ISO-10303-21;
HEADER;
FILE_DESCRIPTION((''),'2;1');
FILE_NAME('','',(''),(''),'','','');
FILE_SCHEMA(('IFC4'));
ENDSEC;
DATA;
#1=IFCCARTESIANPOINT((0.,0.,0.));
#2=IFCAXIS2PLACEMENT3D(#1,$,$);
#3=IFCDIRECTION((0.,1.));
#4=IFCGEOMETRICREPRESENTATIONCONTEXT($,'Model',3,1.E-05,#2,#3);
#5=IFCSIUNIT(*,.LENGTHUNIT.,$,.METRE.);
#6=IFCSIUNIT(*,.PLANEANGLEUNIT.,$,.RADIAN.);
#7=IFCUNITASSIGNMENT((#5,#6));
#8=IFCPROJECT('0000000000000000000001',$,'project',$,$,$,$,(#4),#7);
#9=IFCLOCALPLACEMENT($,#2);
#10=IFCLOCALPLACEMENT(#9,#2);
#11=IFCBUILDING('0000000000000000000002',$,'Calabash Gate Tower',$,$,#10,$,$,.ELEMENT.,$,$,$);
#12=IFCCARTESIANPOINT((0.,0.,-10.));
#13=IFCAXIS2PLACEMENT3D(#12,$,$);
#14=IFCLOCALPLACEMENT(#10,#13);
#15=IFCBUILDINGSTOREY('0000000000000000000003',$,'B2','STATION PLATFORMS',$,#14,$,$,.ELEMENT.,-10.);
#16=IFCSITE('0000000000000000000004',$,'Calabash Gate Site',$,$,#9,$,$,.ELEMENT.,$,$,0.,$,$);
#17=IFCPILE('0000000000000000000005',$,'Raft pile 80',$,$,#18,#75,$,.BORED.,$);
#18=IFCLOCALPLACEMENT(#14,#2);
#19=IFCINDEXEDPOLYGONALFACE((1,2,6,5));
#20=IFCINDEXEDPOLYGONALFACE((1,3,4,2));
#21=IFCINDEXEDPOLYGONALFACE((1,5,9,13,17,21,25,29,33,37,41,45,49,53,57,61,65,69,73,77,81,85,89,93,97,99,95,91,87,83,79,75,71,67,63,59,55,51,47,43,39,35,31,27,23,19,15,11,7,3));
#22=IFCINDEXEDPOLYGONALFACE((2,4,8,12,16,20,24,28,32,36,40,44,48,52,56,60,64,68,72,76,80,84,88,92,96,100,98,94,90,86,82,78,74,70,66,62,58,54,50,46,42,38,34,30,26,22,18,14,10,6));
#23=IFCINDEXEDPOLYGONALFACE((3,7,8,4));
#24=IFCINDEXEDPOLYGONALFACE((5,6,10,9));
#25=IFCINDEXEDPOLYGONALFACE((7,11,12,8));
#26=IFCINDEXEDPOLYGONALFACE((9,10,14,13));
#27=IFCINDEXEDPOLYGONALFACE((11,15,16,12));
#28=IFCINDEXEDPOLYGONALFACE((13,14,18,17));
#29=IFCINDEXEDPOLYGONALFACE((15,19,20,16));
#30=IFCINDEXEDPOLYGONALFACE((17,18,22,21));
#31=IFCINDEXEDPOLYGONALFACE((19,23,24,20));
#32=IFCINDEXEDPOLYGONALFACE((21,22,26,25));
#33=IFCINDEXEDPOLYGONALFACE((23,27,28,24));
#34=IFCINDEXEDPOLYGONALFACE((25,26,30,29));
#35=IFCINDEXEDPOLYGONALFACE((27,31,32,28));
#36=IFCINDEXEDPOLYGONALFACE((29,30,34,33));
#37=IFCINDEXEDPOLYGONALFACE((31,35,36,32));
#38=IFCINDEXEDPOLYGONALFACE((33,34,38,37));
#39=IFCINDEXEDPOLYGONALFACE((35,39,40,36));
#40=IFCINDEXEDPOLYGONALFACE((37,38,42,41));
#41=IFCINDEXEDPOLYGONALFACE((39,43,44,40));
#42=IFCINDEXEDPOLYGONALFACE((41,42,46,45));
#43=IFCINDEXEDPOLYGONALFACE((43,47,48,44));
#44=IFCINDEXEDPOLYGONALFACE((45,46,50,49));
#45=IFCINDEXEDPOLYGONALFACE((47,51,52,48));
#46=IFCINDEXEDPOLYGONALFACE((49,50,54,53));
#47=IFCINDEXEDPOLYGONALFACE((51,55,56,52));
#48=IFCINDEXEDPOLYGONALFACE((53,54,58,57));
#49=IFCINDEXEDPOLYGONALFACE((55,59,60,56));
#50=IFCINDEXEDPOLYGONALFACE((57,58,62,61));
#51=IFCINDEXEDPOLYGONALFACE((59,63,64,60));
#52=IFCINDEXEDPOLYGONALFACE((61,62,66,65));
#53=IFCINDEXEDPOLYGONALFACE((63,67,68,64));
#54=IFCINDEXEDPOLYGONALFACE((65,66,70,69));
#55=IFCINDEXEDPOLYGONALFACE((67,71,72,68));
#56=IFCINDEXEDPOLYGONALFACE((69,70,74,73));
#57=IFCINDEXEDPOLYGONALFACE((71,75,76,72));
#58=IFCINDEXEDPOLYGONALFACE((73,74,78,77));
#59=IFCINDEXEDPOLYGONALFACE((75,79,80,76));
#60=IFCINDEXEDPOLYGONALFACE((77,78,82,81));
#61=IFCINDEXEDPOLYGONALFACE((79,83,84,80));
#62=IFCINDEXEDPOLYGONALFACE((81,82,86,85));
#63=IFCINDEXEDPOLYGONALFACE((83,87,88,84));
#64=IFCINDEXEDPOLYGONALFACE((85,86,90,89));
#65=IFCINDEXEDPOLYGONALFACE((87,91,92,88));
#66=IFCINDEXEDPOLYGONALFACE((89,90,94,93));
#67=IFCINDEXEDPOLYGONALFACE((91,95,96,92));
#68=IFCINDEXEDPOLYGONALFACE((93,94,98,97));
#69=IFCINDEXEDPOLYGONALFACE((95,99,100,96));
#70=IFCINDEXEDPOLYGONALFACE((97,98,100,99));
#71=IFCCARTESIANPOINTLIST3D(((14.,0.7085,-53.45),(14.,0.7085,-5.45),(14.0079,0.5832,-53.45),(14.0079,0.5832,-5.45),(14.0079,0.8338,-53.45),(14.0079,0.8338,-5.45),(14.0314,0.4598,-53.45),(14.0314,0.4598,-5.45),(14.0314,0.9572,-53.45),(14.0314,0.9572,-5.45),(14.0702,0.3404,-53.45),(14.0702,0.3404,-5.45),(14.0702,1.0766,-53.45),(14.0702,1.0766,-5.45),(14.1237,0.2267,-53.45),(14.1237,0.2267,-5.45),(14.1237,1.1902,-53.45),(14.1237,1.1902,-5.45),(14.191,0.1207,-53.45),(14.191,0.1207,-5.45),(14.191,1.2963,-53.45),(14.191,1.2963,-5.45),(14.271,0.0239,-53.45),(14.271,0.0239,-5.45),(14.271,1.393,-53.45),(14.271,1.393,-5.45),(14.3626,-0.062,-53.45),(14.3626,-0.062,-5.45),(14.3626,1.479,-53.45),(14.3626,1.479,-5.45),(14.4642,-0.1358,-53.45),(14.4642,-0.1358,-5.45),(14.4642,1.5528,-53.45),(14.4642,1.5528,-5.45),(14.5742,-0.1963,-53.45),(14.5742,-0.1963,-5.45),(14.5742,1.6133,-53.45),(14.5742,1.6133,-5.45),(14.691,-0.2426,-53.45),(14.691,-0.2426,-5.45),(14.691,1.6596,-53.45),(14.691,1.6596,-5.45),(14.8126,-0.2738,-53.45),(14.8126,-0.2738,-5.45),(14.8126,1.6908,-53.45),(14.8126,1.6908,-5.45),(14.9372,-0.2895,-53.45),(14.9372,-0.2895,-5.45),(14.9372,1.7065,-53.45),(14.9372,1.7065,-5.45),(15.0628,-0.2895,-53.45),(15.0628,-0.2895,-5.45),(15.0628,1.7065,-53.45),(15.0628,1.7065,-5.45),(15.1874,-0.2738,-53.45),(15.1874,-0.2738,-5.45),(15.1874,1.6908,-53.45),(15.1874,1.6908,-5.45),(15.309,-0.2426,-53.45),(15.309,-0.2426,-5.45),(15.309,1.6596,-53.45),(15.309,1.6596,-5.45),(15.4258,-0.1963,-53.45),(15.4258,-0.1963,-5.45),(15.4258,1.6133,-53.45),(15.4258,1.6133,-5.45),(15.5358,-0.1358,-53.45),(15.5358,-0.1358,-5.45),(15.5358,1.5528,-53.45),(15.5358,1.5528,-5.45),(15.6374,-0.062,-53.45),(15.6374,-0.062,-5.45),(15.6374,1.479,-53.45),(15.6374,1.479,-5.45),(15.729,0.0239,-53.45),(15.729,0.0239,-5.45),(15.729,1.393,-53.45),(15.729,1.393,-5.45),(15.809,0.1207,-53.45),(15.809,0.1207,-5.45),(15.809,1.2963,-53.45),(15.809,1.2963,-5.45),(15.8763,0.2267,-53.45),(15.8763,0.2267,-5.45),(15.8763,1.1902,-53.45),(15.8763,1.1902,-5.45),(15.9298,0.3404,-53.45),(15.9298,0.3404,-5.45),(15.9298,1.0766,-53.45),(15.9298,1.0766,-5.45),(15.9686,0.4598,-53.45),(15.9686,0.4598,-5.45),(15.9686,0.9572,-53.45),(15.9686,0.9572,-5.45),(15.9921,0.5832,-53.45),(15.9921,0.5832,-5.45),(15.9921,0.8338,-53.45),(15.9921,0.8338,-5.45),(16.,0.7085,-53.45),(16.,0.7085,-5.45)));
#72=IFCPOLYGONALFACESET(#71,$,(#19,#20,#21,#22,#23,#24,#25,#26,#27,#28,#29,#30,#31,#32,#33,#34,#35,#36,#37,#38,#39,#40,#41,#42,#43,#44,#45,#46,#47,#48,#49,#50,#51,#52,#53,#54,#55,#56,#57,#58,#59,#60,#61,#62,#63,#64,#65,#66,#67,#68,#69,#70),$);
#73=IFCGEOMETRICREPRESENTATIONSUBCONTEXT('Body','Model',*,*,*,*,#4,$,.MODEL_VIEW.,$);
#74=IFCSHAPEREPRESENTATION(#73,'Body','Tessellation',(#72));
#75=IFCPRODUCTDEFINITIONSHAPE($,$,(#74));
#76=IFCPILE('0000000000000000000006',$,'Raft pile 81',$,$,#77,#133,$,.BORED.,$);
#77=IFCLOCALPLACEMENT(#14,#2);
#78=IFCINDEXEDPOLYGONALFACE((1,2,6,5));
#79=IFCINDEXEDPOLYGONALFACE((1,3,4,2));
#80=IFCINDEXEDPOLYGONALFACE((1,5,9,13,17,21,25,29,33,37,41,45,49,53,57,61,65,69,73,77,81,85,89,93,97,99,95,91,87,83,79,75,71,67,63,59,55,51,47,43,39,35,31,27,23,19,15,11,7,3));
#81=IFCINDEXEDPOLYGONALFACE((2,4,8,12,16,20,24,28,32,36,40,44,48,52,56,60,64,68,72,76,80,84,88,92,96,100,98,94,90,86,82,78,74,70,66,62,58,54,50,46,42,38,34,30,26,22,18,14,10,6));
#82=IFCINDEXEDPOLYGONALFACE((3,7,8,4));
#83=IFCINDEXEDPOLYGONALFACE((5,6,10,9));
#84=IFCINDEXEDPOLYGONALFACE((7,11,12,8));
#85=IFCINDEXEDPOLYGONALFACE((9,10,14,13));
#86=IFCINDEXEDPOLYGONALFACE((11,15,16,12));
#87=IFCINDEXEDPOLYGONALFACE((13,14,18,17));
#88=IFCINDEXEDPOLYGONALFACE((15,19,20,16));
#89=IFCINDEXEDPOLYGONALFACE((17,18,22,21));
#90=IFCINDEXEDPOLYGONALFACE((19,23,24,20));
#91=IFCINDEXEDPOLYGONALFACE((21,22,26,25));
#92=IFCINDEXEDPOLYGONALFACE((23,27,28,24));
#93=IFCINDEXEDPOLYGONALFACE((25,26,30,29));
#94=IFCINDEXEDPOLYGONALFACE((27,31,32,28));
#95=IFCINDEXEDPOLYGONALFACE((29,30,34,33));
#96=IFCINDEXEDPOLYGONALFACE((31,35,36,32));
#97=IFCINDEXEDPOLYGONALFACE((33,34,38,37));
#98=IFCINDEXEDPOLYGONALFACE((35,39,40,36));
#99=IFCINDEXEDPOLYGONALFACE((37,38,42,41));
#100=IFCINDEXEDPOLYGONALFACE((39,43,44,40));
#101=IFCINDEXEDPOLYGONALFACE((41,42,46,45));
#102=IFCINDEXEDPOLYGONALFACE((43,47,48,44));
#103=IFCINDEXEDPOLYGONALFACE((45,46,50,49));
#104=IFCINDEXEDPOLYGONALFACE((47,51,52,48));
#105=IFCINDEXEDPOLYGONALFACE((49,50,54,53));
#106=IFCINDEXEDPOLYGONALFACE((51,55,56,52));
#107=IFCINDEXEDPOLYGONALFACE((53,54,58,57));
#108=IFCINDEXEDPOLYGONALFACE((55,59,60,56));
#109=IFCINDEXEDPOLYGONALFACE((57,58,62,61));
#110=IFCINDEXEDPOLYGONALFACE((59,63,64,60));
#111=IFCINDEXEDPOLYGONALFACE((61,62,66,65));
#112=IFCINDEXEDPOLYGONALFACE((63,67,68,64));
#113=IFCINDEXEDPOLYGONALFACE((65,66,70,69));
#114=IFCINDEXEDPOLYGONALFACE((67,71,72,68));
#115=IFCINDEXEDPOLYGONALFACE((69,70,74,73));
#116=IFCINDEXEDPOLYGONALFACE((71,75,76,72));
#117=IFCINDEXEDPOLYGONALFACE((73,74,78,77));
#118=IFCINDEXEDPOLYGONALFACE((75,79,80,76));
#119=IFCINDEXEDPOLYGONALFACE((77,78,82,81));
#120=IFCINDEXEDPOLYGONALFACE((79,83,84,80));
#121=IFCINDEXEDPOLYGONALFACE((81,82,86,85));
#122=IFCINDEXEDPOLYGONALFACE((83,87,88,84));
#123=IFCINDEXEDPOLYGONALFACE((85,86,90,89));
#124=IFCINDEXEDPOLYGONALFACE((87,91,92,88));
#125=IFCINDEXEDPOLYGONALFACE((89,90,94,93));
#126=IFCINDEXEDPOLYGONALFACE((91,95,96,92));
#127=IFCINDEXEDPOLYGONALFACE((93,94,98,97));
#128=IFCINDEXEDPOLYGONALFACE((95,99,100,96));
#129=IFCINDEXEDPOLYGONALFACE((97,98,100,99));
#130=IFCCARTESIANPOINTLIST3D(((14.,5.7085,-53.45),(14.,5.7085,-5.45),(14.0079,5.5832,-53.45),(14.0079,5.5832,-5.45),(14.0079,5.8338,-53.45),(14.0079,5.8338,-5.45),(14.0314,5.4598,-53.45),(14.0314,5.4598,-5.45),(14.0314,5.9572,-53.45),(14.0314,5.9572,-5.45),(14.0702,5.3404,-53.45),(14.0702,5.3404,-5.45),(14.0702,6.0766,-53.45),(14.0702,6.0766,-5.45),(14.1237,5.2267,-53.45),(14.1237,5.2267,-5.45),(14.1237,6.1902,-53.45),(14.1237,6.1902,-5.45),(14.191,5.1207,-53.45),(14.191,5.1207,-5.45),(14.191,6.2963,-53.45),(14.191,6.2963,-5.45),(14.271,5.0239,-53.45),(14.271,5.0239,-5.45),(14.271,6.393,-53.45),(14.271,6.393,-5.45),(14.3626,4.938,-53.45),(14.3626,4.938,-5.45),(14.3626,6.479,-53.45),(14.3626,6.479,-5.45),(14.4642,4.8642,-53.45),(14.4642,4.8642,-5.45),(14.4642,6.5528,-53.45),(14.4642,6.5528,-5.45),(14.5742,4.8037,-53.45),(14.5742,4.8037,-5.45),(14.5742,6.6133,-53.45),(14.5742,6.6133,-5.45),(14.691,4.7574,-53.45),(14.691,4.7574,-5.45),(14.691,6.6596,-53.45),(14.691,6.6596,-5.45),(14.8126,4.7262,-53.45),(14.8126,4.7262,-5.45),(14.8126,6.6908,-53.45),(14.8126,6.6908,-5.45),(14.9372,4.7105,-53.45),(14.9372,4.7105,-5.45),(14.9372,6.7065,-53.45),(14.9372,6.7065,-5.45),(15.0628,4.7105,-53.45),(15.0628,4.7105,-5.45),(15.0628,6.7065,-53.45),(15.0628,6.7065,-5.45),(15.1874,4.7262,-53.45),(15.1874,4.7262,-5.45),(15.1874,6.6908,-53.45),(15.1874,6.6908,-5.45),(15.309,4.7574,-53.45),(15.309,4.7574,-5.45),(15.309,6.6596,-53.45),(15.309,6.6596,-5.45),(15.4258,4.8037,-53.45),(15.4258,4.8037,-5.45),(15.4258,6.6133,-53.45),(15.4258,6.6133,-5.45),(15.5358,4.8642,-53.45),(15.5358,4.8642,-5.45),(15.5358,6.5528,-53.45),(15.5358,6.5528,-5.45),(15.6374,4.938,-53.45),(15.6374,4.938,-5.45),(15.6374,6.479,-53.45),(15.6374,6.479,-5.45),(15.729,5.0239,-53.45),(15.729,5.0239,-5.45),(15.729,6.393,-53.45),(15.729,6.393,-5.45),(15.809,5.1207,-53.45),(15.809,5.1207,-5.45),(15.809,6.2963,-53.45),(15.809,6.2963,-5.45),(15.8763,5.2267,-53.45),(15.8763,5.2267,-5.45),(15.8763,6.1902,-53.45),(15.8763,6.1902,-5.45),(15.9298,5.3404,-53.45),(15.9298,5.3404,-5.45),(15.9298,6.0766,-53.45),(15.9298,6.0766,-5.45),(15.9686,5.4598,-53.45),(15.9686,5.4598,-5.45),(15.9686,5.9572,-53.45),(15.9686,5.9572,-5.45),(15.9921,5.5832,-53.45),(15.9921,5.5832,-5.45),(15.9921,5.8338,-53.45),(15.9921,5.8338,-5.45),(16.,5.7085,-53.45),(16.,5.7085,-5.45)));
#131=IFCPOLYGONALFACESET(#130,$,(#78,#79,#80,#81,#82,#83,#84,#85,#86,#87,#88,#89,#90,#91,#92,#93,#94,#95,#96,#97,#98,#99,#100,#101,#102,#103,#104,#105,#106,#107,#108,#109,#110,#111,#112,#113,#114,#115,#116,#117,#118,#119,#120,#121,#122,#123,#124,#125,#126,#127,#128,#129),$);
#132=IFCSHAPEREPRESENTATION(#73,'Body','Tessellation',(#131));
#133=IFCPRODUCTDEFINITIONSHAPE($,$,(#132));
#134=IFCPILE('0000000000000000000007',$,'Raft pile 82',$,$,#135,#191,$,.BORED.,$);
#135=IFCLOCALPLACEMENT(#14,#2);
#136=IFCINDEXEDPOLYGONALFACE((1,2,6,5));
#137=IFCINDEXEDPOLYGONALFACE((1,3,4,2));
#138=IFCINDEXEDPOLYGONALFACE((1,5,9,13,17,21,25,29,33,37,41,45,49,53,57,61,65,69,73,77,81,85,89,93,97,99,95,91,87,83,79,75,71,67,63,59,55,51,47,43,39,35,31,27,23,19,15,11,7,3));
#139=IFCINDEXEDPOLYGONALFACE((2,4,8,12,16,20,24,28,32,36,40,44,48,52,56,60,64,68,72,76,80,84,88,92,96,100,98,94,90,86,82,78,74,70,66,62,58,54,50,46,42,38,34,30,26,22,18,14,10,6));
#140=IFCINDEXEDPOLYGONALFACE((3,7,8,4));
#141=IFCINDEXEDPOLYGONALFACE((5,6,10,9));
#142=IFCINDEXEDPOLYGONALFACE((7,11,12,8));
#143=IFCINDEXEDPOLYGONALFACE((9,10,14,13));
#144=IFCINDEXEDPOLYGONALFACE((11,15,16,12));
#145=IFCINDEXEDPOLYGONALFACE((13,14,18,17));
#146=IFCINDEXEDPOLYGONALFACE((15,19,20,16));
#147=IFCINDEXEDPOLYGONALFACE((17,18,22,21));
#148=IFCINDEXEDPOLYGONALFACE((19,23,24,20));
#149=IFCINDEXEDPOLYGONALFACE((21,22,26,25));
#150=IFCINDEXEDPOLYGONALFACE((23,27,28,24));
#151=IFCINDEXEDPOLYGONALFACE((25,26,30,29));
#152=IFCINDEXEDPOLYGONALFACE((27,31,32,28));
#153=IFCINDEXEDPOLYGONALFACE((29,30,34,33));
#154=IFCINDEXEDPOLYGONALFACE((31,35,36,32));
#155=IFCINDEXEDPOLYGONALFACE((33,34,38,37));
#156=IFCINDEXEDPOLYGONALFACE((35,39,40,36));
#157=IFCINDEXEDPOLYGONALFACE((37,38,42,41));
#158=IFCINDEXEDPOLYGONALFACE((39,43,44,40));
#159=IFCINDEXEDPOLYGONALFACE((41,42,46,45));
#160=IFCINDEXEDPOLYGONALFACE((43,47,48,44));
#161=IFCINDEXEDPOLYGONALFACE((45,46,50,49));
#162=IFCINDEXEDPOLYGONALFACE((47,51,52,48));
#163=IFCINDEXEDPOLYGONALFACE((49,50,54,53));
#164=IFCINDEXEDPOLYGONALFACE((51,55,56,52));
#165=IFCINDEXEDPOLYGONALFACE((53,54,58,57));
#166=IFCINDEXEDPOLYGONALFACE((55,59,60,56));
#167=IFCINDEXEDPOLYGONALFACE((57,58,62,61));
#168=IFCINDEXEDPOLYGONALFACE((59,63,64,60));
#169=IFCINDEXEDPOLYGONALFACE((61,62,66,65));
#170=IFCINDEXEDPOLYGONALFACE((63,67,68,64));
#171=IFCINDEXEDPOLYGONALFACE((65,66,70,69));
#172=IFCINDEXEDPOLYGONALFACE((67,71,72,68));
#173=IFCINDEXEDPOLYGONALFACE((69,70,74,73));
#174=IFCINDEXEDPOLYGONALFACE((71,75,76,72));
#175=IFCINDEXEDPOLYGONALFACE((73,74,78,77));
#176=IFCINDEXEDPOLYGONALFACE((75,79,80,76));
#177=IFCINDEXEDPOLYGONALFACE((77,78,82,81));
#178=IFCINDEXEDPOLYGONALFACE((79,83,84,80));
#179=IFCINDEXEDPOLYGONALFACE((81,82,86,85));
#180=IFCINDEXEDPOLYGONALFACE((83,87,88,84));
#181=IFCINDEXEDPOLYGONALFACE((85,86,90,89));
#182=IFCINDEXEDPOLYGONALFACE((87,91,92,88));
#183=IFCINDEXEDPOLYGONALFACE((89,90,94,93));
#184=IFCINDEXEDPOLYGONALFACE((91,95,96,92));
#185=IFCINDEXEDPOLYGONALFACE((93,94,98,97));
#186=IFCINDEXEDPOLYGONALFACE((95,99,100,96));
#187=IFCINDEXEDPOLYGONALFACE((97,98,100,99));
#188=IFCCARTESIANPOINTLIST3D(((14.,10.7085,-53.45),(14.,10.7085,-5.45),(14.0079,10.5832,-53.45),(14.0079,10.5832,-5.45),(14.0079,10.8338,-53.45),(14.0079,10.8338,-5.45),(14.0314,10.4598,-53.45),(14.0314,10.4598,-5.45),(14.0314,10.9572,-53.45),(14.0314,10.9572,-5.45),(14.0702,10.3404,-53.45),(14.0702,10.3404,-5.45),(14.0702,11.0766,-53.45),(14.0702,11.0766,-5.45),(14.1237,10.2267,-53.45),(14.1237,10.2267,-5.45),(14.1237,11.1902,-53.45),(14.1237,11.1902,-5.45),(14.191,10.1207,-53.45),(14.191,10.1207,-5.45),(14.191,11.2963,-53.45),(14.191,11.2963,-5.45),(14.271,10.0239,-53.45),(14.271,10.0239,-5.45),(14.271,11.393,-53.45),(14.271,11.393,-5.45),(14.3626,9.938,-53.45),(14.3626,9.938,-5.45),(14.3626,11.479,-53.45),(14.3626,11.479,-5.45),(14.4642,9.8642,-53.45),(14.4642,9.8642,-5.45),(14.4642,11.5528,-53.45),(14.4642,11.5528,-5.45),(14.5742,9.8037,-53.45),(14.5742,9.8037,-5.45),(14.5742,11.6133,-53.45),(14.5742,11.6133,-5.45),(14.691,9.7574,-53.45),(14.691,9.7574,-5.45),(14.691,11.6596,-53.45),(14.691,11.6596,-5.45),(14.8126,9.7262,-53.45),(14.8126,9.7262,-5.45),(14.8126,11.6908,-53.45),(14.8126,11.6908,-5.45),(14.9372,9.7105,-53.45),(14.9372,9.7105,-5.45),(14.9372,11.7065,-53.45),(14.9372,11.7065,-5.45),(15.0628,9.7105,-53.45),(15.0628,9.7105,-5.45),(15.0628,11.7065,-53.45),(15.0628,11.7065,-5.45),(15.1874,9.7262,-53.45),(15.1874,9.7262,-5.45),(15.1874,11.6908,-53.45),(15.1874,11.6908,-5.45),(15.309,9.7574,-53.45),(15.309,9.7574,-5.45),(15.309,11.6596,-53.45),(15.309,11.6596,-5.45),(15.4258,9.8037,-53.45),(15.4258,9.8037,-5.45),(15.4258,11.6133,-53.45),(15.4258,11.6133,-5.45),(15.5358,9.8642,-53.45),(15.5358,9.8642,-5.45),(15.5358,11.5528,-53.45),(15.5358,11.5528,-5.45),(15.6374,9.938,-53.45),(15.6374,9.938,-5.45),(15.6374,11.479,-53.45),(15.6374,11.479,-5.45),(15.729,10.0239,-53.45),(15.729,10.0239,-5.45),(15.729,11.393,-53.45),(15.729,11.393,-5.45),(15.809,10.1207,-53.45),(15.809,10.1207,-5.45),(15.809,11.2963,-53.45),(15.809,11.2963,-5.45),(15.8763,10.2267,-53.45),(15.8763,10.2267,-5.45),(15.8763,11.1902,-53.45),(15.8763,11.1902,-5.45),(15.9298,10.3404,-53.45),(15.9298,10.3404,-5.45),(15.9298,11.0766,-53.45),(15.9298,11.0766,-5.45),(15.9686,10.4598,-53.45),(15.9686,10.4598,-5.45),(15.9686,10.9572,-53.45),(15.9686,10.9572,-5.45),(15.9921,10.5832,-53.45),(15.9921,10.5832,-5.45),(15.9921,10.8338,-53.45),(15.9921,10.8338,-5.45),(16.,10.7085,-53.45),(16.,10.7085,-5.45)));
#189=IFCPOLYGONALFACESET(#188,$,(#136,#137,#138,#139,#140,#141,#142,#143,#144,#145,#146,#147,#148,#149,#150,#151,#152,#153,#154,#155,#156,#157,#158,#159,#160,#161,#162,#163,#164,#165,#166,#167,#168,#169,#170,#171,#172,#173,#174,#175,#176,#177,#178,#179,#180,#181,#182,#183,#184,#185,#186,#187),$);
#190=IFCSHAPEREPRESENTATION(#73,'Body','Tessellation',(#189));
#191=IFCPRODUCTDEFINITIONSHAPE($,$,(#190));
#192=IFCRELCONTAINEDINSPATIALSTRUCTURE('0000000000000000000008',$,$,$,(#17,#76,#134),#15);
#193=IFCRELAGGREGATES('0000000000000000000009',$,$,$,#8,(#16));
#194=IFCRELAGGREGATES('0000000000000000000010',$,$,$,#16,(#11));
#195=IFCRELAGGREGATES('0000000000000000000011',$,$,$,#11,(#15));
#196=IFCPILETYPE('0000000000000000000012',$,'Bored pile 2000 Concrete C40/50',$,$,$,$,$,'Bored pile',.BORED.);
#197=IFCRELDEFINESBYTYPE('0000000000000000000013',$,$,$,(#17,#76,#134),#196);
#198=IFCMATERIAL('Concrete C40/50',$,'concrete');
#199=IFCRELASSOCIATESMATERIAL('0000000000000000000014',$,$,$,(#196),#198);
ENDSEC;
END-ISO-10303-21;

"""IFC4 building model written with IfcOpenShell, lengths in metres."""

from ifc_helpers import new_model, si_unit, direction, frame, origin, origin_2d, place, context, subcontext, project, spatial, circle, extrude, material, material_profile, profile_set, type_object, element, save


model = new_model("IFC4")

# Units and contexts
model_context = context("Model", 3, precision=1e-05, world=origin(), true_north=direction((0.0, 1.0)))
body_context = subcontext(model_context, "Body", "Model", "MODEL_VIEW")
ifc_project = project(units=[si_unit("LENGTHUNIT", "METRE"), si_unit("PLANEANGLEUNIT", "RADIAN")], contexts=[model_context])

# Site, building, storey
site_placement = place(None, origin())
site = spatial("IfcSite", under=ifc_project, at=site_placement, Name="Calabash Gate Site", CompositionType="ELEMENT", RefElevation=0.0)
building_placement = place(site_placement, origin())
building = spatial("IfcBuilding", under=site, at=building_placement, Name="Calabash Gate Tower", CompositionType="ELEMENT")
storey_placement = place(building_placement, frame((0.0, 0.0, -10.0)))
storey = spatial("IfcBuildingStorey", under=building, at=storey_placement, Name="B2", Description="STATION PLATFORMS", CompositionType="ELEMENT", Elevation=-10.0)

# Piles
ifc_material_1 = material(Name="Concrete C40/50", Category="concrete")
ifc_material_profile_1 = material_profile(ifc_material_1, circle(Radius=1.0, at=origin_2d()))
ifc_profile_set_1 = profile_set([ifc_material_profile_1], Name="Concrete C40/50")
pile_type = type_object("IfcPileType", Name="Bored pile 2000 Concrete C40/50", ElementType="Bored pile", PredefinedType="BORED", material=ifc_profile_set_1)
for number, where, z_axis, x_axis, name in (
    (1, (15.0, 0.7085, -5.45), (0.0, 0.0, -1.0), (1.0, 0.0, 0.0), "Raft pile 80"),
    (2, (15.0, 5.7085, -5.45), (0.0, 0.0, -1.0), (1.0, 0.0, 0.0), "Raft pile 81"),
    (3, (15.0, 10.7085, -5.45), (0.0, 0.0, -1.0), (1.0, 0.0, 0.0), "Raft pile 82"),
):
    element("IfcPile", number, at=place(storey_placement, frame(where, z_axis=z_axis, x_axis=x_axis)), inside=storey, type_object=pile_type, Name=name, PredefinedType="BORED", context=body_context, shape_type="SweptSolid", body=[
        extrude(circle(Radius=1.0, at=origin_2d()), origin(), (0.0, 0.0, 1.0), 48.0),
    ])

save(model, "model.ifc")
